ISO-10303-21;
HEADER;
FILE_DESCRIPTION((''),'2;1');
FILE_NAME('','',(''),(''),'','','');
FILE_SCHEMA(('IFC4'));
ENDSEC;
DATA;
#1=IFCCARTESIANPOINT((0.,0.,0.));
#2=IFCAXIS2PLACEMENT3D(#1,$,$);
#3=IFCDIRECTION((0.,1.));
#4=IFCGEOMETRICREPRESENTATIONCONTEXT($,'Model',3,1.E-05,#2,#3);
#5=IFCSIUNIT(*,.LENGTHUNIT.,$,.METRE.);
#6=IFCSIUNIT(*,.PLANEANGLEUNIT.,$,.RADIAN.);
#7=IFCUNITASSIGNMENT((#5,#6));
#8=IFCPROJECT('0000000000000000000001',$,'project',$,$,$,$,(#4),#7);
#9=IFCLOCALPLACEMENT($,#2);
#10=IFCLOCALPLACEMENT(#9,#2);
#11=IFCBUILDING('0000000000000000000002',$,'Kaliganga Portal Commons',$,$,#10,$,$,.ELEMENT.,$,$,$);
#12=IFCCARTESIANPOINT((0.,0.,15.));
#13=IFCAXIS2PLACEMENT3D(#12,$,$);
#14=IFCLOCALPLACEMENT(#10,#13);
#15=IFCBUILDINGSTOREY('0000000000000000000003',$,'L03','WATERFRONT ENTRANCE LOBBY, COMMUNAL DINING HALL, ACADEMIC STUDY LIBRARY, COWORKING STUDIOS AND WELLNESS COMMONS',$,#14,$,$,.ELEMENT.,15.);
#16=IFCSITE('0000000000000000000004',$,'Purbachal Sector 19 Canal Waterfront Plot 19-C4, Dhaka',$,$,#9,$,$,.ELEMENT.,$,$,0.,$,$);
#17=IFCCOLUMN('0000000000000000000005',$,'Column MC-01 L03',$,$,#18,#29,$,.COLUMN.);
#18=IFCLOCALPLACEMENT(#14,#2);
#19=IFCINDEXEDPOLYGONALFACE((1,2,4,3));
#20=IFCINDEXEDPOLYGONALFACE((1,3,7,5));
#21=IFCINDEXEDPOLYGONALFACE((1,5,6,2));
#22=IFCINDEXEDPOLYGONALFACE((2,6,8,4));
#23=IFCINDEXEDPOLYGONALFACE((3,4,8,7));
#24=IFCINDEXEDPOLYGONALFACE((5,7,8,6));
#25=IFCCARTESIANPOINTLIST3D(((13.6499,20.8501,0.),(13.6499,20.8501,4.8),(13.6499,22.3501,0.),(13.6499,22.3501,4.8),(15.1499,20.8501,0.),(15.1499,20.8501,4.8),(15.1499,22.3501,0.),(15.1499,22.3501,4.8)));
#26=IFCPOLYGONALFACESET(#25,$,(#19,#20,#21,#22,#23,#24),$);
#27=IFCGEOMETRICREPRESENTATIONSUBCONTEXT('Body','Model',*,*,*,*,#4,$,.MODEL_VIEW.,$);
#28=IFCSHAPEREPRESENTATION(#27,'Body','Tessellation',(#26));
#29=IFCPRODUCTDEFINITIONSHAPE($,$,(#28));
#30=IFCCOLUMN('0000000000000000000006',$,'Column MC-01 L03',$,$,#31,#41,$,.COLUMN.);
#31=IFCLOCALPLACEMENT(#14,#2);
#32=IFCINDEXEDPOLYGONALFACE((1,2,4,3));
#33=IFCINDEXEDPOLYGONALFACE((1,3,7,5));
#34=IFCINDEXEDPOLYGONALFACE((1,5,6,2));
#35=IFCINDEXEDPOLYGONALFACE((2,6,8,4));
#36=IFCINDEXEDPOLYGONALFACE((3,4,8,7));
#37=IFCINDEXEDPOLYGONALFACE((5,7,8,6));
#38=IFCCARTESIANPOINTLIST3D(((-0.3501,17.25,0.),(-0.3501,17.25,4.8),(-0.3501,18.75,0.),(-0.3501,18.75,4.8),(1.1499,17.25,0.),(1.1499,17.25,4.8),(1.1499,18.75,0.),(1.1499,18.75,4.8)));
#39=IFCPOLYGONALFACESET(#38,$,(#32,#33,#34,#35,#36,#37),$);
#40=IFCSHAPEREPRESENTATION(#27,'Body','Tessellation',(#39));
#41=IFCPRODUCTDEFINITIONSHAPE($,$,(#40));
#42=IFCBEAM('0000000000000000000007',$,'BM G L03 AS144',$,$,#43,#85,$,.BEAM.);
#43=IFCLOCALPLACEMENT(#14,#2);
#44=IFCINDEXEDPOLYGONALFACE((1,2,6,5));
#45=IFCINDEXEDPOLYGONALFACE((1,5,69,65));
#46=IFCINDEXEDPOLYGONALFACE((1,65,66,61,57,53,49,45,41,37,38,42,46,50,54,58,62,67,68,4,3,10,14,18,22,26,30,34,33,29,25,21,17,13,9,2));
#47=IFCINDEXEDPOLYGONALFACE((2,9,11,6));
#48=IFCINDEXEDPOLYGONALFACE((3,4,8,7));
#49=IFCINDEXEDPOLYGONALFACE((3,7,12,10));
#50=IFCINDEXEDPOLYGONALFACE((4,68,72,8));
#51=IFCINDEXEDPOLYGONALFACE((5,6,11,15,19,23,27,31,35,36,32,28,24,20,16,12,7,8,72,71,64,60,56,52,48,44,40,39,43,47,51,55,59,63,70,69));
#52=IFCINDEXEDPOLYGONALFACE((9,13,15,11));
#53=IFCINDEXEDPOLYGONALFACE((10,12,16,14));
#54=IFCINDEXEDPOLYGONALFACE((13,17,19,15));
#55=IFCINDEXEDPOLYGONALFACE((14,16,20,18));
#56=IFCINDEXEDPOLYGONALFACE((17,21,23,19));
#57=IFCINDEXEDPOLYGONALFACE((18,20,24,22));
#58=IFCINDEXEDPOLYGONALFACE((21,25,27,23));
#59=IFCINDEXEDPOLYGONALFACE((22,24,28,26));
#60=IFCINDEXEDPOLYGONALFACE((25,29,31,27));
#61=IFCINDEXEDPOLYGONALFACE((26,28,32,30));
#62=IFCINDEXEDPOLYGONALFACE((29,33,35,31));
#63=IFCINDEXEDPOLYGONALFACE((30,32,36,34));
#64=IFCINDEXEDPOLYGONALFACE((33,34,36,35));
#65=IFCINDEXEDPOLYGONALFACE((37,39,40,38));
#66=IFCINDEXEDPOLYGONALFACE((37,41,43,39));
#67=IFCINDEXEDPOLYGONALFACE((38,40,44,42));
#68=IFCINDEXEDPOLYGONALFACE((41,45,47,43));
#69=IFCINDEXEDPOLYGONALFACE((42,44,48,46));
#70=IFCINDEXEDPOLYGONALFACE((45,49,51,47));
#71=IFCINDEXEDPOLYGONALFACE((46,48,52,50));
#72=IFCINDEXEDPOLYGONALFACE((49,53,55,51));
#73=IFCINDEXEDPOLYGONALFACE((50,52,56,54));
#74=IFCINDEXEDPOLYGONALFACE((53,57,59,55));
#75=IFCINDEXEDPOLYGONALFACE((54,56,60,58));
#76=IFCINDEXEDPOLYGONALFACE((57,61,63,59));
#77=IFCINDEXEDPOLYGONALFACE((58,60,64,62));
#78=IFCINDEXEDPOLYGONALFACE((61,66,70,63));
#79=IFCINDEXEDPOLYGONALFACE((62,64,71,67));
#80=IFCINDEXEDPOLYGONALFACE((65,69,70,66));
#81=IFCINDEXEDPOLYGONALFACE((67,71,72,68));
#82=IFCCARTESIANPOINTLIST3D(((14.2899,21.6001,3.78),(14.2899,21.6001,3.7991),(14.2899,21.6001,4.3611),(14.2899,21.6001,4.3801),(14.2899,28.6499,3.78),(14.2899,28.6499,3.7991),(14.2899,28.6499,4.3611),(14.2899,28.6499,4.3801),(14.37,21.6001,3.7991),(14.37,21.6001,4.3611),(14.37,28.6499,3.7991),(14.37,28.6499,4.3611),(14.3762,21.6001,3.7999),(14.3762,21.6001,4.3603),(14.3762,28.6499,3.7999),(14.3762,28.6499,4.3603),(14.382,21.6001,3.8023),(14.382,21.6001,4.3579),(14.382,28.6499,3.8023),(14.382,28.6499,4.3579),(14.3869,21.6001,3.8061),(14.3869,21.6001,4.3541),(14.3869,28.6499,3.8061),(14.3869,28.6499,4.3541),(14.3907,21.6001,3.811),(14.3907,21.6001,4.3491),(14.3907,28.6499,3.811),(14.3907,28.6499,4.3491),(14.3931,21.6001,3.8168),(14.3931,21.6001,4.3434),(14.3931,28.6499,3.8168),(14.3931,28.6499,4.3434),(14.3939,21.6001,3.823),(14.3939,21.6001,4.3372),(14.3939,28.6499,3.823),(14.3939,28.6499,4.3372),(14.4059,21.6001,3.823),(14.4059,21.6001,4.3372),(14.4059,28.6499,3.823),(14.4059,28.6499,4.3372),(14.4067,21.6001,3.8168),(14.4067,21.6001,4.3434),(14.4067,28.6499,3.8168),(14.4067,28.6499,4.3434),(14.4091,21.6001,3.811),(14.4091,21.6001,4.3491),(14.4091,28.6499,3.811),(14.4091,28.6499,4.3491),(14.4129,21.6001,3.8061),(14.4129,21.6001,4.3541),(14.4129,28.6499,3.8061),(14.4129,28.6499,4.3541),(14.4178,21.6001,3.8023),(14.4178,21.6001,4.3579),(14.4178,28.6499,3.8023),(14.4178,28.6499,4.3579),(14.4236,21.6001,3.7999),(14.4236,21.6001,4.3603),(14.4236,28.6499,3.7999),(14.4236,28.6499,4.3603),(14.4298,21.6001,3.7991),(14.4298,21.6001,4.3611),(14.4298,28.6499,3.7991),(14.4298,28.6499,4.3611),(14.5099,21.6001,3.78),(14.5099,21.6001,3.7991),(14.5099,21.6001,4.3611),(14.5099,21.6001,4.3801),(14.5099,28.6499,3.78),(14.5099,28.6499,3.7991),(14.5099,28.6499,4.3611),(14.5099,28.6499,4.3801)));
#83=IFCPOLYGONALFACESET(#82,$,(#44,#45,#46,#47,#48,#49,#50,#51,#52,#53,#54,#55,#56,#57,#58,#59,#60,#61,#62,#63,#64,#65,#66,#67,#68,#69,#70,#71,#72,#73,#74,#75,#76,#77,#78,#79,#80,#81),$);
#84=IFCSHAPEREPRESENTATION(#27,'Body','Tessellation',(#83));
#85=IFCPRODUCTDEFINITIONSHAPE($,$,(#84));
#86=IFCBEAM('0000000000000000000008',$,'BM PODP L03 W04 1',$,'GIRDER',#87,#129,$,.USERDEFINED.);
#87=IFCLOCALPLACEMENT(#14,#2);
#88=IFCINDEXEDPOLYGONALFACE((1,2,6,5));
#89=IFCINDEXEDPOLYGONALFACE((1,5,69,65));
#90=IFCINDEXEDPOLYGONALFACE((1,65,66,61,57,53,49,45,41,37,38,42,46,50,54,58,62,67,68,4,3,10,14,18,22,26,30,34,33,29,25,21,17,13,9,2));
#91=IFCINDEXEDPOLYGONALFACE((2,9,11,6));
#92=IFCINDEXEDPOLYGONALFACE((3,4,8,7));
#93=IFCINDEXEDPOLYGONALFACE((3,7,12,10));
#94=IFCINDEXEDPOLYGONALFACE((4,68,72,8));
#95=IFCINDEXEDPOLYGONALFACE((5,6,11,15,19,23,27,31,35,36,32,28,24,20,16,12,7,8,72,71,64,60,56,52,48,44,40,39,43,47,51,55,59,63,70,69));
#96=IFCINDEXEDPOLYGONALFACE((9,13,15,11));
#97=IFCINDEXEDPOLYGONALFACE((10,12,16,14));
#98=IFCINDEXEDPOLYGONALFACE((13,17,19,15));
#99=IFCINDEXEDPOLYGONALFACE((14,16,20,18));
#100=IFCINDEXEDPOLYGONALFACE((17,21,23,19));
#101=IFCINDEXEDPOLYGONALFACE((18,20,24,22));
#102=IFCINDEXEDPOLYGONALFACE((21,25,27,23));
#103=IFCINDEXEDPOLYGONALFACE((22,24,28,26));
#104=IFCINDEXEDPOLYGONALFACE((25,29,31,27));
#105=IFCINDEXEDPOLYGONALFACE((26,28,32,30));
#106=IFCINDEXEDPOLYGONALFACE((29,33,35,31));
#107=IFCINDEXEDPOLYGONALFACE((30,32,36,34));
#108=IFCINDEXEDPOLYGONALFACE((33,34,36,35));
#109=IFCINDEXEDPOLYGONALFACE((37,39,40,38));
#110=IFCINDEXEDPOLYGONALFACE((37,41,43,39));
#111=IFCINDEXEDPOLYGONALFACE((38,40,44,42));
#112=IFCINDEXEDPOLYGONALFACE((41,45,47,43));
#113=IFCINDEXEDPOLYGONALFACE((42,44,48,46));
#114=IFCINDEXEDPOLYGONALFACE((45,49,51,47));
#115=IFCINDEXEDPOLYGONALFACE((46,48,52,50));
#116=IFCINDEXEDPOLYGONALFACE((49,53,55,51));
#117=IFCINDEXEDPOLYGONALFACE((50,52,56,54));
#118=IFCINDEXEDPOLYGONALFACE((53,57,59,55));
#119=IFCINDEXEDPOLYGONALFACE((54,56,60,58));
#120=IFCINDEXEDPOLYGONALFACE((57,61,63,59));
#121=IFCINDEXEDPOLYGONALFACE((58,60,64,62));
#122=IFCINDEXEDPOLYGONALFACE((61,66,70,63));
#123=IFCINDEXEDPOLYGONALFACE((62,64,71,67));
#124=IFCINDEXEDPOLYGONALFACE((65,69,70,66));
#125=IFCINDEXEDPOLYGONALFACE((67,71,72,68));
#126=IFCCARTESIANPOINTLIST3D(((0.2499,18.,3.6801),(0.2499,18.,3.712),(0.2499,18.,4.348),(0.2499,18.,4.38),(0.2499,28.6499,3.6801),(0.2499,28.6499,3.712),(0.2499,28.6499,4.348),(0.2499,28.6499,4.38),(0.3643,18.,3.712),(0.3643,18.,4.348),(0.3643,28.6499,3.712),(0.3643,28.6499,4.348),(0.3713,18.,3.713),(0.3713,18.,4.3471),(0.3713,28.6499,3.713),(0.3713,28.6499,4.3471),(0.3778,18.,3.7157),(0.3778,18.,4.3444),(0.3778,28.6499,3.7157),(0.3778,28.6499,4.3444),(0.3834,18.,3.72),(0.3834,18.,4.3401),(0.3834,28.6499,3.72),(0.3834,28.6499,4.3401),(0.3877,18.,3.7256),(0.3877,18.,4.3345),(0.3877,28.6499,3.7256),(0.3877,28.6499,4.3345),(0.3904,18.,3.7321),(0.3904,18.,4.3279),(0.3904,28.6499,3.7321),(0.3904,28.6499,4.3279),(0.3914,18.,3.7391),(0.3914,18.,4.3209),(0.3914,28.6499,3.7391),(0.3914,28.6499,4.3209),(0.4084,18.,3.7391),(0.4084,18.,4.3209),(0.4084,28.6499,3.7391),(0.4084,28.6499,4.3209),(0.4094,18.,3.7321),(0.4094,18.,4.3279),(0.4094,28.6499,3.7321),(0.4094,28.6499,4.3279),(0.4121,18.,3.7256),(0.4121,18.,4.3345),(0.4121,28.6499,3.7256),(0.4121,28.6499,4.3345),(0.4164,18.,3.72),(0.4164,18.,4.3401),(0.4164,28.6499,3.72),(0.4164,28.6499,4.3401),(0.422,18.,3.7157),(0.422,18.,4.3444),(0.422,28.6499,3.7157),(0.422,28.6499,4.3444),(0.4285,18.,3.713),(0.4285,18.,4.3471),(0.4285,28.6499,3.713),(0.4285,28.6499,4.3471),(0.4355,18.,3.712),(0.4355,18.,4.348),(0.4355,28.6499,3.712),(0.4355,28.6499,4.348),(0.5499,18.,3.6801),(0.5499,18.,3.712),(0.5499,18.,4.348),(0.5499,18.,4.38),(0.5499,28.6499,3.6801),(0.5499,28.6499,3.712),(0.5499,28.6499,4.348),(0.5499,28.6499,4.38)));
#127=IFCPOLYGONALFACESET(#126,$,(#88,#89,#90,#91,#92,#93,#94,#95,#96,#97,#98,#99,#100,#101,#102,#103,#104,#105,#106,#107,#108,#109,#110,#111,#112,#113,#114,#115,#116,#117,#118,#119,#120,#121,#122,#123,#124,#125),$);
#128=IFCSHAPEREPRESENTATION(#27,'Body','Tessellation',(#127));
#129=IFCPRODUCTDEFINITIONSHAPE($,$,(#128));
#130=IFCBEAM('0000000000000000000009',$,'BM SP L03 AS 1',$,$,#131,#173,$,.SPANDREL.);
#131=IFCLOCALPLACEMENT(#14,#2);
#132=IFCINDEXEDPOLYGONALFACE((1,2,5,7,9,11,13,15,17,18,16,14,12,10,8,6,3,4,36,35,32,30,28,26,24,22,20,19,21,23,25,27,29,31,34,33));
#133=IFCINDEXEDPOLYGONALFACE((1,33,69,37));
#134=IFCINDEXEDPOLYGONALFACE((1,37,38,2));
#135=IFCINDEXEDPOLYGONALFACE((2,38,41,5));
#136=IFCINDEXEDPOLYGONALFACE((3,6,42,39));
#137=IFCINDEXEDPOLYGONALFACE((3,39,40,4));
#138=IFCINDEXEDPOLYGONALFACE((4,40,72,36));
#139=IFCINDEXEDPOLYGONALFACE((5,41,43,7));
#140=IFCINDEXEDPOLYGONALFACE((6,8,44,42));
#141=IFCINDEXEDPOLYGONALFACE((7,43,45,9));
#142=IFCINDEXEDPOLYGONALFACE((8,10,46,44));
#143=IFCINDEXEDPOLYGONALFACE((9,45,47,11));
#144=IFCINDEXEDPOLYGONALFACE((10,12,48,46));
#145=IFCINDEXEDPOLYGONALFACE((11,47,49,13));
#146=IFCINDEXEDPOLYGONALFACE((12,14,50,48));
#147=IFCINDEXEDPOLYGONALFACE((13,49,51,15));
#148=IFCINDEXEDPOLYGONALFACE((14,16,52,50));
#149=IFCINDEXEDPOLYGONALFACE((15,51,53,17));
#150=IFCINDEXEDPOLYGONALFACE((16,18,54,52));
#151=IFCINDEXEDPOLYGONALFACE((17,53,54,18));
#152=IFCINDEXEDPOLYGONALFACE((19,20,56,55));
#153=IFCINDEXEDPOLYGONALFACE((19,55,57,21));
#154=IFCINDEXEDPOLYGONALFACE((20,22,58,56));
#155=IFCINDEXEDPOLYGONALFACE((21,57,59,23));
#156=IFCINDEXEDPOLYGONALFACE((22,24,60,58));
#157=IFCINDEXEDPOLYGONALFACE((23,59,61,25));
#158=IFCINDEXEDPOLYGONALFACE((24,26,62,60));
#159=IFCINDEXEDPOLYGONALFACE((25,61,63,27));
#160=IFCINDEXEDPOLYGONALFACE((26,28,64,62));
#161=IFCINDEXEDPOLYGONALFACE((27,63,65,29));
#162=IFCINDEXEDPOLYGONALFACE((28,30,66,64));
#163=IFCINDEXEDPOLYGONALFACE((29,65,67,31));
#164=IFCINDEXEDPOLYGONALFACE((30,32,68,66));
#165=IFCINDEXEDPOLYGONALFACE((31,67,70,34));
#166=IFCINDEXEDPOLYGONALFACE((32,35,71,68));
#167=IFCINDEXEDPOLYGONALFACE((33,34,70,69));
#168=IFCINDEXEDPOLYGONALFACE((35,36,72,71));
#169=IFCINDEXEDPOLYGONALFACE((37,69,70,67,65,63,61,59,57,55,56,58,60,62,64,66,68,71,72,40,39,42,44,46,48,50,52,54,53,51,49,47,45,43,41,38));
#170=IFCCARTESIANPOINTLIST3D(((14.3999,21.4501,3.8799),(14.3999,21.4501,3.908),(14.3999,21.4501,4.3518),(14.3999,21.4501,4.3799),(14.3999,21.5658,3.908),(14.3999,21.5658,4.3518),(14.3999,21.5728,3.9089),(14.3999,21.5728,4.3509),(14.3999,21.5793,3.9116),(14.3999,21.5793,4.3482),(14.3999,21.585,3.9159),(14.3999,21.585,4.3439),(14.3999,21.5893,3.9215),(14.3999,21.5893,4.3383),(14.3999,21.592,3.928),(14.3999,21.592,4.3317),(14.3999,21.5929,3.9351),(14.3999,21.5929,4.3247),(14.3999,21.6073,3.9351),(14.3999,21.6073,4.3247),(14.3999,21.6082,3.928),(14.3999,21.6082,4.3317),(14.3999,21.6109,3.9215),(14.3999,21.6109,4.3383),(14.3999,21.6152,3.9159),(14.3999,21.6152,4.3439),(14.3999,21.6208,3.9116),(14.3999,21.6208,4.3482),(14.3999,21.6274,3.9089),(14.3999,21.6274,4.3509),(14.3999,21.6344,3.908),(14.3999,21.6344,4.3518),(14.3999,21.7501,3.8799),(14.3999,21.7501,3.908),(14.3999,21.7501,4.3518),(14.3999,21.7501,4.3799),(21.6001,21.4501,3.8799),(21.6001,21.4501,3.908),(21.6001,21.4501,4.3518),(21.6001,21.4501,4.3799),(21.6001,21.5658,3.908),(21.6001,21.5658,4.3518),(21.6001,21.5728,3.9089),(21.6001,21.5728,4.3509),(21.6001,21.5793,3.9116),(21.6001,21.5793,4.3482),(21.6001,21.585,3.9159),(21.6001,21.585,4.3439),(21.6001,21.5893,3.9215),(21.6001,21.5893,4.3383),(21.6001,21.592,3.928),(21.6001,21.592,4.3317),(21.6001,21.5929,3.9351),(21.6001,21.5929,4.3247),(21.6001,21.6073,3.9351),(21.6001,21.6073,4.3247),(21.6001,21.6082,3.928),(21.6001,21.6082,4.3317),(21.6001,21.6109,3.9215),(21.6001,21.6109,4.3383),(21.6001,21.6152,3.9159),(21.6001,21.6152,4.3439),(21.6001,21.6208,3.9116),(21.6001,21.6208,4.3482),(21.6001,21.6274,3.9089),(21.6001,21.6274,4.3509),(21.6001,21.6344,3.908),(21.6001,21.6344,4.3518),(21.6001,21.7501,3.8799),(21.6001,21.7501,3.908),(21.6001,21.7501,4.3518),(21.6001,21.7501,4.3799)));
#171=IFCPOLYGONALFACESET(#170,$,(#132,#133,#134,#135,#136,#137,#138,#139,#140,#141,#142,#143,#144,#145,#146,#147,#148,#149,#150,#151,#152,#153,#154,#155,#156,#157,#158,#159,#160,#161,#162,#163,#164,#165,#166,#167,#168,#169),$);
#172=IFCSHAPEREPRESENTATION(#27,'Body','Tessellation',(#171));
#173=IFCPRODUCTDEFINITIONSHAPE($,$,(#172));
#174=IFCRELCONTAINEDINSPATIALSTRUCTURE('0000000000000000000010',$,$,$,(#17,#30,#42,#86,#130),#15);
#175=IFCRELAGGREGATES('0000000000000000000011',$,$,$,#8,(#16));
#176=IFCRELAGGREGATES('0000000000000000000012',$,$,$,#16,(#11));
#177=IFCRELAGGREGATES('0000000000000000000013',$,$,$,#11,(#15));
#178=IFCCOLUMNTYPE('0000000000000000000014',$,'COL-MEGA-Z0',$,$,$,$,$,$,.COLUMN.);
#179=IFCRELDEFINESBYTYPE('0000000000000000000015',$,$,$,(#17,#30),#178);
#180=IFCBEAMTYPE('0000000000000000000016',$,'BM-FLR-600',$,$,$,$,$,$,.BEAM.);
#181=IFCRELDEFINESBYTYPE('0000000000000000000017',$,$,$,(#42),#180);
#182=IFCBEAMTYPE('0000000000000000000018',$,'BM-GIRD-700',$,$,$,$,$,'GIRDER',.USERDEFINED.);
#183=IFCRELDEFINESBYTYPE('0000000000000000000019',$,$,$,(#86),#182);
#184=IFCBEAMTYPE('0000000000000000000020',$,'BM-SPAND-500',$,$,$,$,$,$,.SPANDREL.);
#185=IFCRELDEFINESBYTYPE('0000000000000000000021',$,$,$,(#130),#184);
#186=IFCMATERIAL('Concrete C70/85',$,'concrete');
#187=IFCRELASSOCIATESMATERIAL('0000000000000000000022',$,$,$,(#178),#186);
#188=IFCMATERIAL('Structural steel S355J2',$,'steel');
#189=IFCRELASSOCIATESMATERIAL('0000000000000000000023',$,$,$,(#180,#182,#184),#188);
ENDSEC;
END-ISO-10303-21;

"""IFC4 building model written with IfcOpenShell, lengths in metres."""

from ifc_helpers import new_model, si_unit, direction, frame, origin, origin_2d, place, context, subcontext, project, spatial, rectangle, i_section, extrude, source, transform, mapped, material, material_profile, profile_set, type_object, element, save


model = new_model("IFC4")

# Units and contexts
model_context = context("Model", 3, precision=1e-05, world=origin(), true_north=direction((0.0, 1.0)))
body_context = subcontext(model_context, "Body", "Model", "MODEL_VIEW")
ifc_project = project(units=[si_unit("LENGTHUNIT", "METRE"), si_unit("PLANEANGLEUNIT", "RADIAN")], contexts=[model_context])

# Site, building, storey
site_placement = place(None, origin())
site = spatial("IfcSite", under=ifc_project, at=site_placement, Name="Purbachal Sector 19 Canal Waterfront Plot 19-C4, Dhaka", CompositionType="ELEMENT", RefElevation=0.0)
building_placement = place(site_placement, origin())
building = spatial("IfcBuilding", under=site, at=building_placement, Name="Kaliganga Portal Commons", CompositionType="ELEMENT")
storey_placement = place(building_placement, frame((0.0, 0.0, 15.0)))
storey = spatial("IfcBuildingStorey", under=building, at=storey_placement, Name="L03", Description="WATERFRONT ENTRANCE LOBBY, COMMUNAL DINING HALL, ACADEMIC STUDY LIBRARY, COWORKING STUDIOS AND WELLNESS COMMONS", CompositionType="ELEMENT", Elevation=15.0)

# Columns
ifc_material_1 = material(Name="Concrete C70/85", Category="concrete")
ifc_material_profile_1 = material_profile(ifc_material_1, rectangle(XDim=1.5, YDim=1.5, at=origin_2d()), Name="RC 1500x1500")
ifc_profile_set_1 = profile_set([ifc_material_profile_1], Name="Concrete C70/85")
column_type = type_object("IfcColumnType", Name="COL-MEGA-Z0", PredefinedType="COLUMN", material=ifc_profile_set_1)
shared_shape_1 = source(origin(), body_context, "Body", "SweptSolid", [
    extrude(rectangle(XDim=1.5, YDim=1.5, at=origin_2d()), origin(), (0.0, 0.0, 1.0), 4.8),
])
for number, where, z_axis, x_axis, name in (
    (1, (14.3999, 21.6001, 0.0), (0.0, 0.0, 1.0), (1.0, 0.0, 0.0), "Column MC-01 L03"),
    (2, (0.3999, 18.0, 0.0), (0.0, 0.0, 1.0), (1.0, 0.0, 0.0), "Column MC-01 L03"),
):
    element("IfcColumn", number, at=place(storey_placement, frame(where, z_axis=z_axis, x_axis=x_axis)), inside=storey, type_object=column_type, Name=name, PredefinedType="COLUMN", context=body_context, shape_type="MappedRepresentation", body=[
        mapped(shared_shape_1, transform((0.0, 0.0, 0.0), x_axis=(1.0, 0.0, 0.0), y_axis=(0.0, 1.0, 0.0), z_axis=(0.0, 0.0, 1.0), scale=1.0)),
    ])

# Beams
ifc_material_2 = material(Name="Structural steel S355J2", Category="steel")
ifc_material_profile_2 = material_profile(ifc_material_2, i_section(OverallWidth=0.22, OverallDepth=0.6001, WebThickness=0.012, FlangeThickness=0.019, FilletRadius=0.0239, at=origin_2d()), Name="IPE 600")
ifc_profile_set_2 = profile_set([ifc_material_profile_2], Name="Structural steel S355J2 wide-flange")
beam_type_1 = type_object("IfcBeamType", Name="BM-FLR-600", PredefinedType="BEAM", material=ifc_profile_set_2)
shared_shape_2 = source(origin(), body_context, "Body", "SweptSolid", [
    extrude(i_section(OverallWidth=0.22, OverallDepth=0.6001, WebThickness=0.012, FlangeThickness=0.019, FilletRadius=0.0239, at=origin_2d()), origin(), (0.0, 0.0, 1.0), 7.0498),
])
beam_1_placement = place(storey_placement, frame((14.3999, 21.6001, 4.0801), z_axis=(0.0, 1.0, 0.0), x_axis=(-1.0, 0.0, 0.0)))
element("IfcBeam", 3, at=beam_1_placement, inside=storey, type_object=beam_type_1, Name="BM G L03 AS144", PredefinedType="BEAM", context=body_context, shape_type="MappedRepresentation", body=[
    mapped(shared_shape_2, transform((0.0, 0.0, 0.0), x_axis=(1.0, 0.0, 0.0), y_axis=(0.0, 1.0, 0.0), z_axis=(0.0, 0.0, 1.0), scale=1.0)),
])
ifc_material_profile_3 = material_profile(ifc_material_2, i_section(OverallWidth=0.3, OverallDepth=0.7, WebThickness=0.0171, FlangeThickness=0.032, FilletRadius=0.0271, at=origin_2d()), Name="HE 700 B")
ifc_profile_set_3 = profile_set([ifc_material_profile_3], Name="Structural steel S355J2 wide-flange")
beam_type_2 = type_object("IfcBeamType", Name="BM-GIRD-700", ElementType="GIRDER", PredefinedType="USERDEFINED", material=ifc_profile_set_3)
shared_shape_3 = source(origin(), body_context, "Body", "SweptSolid", [
    extrude(i_section(OverallWidth=0.3, OverallDepth=0.7, WebThickness=0.0171, FlangeThickness=0.032, FilletRadius=0.0271, at=origin_2d()), origin(), (0.0, 0.0, 1.0), 10.6499),
])
beam_2_placement = place(storey_placement, frame((0.3999, 18.0, 4.03), z_axis=(0.0, 1.0, 0.0), x_axis=(-1.0, 0.0, 0.0)))
element("IfcBeam", 4, at=beam_2_placement, inside=storey, type_object=beam_type_2, Name="BM PODP L03 W04 1", ObjectType="GIRDER", PredefinedType="USERDEFINED", context=body_context, shape_type="MappedRepresentation", body=[
    mapped(shared_shape_3, transform((0.0, 0.0, 0.0), x_axis=(1.0, 0.0, 0.0), y_axis=(0.0, 1.0, 0.0), z_axis=(0.0, 0.0, 1.0), scale=1.0)),
])
ifc_material_profile_4 = material_profile(ifc_material_2, i_section(OverallWidth=0.3, OverallDepth=0.5, WebThickness=0.0144, FlangeThickness=0.0281, FilletRadius=0.0271, at=origin_2d()), Name="HE 500 B")
ifc_profile_set_4 = profile_set([ifc_material_profile_4], Name="Structural steel S355J2 wide-flange")
beam_type_3 = type_object("IfcBeamType", Name="BM-SPAND-500", PredefinedType="SPANDREL", material=ifc_profile_set_4)
shared_shape_4 = source(origin(), body_context, "Body", "SweptSolid", [
    extrude(i_section(OverallWidth=0.3, OverallDepth=0.5, WebThickness=0.0144, FlangeThickness=0.0281, FilletRadius=0.0271, at=origin_2d()), origin(), (0.0, 0.0, 1.0), 7.2002),
])
beam_3_placement = place(storey_placement, frame((14.3999, 21.6001, 4.1299), z_axis=(1.0, 0.0, 0.0), x_axis=(0.0, 1.0, 0.0)))
element("IfcBeam", 5, at=beam_3_placement, inside=storey, type_object=beam_type_3, Name="BM SP L03 AS 1", PredefinedType="SPANDREL", context=body_context, shape_type="MappedRepresentation", body=[
    mapped(shared_shape_4, transform((0.0, 0.0, 0.0), x_axis=(1.0, 0.0, 0.0), y_axis=(0.0, 1.0, 0.0), z_axis=(0.0, 0.0, 1.0), scale=1.0)),
])

save(model, "model.ifc")
